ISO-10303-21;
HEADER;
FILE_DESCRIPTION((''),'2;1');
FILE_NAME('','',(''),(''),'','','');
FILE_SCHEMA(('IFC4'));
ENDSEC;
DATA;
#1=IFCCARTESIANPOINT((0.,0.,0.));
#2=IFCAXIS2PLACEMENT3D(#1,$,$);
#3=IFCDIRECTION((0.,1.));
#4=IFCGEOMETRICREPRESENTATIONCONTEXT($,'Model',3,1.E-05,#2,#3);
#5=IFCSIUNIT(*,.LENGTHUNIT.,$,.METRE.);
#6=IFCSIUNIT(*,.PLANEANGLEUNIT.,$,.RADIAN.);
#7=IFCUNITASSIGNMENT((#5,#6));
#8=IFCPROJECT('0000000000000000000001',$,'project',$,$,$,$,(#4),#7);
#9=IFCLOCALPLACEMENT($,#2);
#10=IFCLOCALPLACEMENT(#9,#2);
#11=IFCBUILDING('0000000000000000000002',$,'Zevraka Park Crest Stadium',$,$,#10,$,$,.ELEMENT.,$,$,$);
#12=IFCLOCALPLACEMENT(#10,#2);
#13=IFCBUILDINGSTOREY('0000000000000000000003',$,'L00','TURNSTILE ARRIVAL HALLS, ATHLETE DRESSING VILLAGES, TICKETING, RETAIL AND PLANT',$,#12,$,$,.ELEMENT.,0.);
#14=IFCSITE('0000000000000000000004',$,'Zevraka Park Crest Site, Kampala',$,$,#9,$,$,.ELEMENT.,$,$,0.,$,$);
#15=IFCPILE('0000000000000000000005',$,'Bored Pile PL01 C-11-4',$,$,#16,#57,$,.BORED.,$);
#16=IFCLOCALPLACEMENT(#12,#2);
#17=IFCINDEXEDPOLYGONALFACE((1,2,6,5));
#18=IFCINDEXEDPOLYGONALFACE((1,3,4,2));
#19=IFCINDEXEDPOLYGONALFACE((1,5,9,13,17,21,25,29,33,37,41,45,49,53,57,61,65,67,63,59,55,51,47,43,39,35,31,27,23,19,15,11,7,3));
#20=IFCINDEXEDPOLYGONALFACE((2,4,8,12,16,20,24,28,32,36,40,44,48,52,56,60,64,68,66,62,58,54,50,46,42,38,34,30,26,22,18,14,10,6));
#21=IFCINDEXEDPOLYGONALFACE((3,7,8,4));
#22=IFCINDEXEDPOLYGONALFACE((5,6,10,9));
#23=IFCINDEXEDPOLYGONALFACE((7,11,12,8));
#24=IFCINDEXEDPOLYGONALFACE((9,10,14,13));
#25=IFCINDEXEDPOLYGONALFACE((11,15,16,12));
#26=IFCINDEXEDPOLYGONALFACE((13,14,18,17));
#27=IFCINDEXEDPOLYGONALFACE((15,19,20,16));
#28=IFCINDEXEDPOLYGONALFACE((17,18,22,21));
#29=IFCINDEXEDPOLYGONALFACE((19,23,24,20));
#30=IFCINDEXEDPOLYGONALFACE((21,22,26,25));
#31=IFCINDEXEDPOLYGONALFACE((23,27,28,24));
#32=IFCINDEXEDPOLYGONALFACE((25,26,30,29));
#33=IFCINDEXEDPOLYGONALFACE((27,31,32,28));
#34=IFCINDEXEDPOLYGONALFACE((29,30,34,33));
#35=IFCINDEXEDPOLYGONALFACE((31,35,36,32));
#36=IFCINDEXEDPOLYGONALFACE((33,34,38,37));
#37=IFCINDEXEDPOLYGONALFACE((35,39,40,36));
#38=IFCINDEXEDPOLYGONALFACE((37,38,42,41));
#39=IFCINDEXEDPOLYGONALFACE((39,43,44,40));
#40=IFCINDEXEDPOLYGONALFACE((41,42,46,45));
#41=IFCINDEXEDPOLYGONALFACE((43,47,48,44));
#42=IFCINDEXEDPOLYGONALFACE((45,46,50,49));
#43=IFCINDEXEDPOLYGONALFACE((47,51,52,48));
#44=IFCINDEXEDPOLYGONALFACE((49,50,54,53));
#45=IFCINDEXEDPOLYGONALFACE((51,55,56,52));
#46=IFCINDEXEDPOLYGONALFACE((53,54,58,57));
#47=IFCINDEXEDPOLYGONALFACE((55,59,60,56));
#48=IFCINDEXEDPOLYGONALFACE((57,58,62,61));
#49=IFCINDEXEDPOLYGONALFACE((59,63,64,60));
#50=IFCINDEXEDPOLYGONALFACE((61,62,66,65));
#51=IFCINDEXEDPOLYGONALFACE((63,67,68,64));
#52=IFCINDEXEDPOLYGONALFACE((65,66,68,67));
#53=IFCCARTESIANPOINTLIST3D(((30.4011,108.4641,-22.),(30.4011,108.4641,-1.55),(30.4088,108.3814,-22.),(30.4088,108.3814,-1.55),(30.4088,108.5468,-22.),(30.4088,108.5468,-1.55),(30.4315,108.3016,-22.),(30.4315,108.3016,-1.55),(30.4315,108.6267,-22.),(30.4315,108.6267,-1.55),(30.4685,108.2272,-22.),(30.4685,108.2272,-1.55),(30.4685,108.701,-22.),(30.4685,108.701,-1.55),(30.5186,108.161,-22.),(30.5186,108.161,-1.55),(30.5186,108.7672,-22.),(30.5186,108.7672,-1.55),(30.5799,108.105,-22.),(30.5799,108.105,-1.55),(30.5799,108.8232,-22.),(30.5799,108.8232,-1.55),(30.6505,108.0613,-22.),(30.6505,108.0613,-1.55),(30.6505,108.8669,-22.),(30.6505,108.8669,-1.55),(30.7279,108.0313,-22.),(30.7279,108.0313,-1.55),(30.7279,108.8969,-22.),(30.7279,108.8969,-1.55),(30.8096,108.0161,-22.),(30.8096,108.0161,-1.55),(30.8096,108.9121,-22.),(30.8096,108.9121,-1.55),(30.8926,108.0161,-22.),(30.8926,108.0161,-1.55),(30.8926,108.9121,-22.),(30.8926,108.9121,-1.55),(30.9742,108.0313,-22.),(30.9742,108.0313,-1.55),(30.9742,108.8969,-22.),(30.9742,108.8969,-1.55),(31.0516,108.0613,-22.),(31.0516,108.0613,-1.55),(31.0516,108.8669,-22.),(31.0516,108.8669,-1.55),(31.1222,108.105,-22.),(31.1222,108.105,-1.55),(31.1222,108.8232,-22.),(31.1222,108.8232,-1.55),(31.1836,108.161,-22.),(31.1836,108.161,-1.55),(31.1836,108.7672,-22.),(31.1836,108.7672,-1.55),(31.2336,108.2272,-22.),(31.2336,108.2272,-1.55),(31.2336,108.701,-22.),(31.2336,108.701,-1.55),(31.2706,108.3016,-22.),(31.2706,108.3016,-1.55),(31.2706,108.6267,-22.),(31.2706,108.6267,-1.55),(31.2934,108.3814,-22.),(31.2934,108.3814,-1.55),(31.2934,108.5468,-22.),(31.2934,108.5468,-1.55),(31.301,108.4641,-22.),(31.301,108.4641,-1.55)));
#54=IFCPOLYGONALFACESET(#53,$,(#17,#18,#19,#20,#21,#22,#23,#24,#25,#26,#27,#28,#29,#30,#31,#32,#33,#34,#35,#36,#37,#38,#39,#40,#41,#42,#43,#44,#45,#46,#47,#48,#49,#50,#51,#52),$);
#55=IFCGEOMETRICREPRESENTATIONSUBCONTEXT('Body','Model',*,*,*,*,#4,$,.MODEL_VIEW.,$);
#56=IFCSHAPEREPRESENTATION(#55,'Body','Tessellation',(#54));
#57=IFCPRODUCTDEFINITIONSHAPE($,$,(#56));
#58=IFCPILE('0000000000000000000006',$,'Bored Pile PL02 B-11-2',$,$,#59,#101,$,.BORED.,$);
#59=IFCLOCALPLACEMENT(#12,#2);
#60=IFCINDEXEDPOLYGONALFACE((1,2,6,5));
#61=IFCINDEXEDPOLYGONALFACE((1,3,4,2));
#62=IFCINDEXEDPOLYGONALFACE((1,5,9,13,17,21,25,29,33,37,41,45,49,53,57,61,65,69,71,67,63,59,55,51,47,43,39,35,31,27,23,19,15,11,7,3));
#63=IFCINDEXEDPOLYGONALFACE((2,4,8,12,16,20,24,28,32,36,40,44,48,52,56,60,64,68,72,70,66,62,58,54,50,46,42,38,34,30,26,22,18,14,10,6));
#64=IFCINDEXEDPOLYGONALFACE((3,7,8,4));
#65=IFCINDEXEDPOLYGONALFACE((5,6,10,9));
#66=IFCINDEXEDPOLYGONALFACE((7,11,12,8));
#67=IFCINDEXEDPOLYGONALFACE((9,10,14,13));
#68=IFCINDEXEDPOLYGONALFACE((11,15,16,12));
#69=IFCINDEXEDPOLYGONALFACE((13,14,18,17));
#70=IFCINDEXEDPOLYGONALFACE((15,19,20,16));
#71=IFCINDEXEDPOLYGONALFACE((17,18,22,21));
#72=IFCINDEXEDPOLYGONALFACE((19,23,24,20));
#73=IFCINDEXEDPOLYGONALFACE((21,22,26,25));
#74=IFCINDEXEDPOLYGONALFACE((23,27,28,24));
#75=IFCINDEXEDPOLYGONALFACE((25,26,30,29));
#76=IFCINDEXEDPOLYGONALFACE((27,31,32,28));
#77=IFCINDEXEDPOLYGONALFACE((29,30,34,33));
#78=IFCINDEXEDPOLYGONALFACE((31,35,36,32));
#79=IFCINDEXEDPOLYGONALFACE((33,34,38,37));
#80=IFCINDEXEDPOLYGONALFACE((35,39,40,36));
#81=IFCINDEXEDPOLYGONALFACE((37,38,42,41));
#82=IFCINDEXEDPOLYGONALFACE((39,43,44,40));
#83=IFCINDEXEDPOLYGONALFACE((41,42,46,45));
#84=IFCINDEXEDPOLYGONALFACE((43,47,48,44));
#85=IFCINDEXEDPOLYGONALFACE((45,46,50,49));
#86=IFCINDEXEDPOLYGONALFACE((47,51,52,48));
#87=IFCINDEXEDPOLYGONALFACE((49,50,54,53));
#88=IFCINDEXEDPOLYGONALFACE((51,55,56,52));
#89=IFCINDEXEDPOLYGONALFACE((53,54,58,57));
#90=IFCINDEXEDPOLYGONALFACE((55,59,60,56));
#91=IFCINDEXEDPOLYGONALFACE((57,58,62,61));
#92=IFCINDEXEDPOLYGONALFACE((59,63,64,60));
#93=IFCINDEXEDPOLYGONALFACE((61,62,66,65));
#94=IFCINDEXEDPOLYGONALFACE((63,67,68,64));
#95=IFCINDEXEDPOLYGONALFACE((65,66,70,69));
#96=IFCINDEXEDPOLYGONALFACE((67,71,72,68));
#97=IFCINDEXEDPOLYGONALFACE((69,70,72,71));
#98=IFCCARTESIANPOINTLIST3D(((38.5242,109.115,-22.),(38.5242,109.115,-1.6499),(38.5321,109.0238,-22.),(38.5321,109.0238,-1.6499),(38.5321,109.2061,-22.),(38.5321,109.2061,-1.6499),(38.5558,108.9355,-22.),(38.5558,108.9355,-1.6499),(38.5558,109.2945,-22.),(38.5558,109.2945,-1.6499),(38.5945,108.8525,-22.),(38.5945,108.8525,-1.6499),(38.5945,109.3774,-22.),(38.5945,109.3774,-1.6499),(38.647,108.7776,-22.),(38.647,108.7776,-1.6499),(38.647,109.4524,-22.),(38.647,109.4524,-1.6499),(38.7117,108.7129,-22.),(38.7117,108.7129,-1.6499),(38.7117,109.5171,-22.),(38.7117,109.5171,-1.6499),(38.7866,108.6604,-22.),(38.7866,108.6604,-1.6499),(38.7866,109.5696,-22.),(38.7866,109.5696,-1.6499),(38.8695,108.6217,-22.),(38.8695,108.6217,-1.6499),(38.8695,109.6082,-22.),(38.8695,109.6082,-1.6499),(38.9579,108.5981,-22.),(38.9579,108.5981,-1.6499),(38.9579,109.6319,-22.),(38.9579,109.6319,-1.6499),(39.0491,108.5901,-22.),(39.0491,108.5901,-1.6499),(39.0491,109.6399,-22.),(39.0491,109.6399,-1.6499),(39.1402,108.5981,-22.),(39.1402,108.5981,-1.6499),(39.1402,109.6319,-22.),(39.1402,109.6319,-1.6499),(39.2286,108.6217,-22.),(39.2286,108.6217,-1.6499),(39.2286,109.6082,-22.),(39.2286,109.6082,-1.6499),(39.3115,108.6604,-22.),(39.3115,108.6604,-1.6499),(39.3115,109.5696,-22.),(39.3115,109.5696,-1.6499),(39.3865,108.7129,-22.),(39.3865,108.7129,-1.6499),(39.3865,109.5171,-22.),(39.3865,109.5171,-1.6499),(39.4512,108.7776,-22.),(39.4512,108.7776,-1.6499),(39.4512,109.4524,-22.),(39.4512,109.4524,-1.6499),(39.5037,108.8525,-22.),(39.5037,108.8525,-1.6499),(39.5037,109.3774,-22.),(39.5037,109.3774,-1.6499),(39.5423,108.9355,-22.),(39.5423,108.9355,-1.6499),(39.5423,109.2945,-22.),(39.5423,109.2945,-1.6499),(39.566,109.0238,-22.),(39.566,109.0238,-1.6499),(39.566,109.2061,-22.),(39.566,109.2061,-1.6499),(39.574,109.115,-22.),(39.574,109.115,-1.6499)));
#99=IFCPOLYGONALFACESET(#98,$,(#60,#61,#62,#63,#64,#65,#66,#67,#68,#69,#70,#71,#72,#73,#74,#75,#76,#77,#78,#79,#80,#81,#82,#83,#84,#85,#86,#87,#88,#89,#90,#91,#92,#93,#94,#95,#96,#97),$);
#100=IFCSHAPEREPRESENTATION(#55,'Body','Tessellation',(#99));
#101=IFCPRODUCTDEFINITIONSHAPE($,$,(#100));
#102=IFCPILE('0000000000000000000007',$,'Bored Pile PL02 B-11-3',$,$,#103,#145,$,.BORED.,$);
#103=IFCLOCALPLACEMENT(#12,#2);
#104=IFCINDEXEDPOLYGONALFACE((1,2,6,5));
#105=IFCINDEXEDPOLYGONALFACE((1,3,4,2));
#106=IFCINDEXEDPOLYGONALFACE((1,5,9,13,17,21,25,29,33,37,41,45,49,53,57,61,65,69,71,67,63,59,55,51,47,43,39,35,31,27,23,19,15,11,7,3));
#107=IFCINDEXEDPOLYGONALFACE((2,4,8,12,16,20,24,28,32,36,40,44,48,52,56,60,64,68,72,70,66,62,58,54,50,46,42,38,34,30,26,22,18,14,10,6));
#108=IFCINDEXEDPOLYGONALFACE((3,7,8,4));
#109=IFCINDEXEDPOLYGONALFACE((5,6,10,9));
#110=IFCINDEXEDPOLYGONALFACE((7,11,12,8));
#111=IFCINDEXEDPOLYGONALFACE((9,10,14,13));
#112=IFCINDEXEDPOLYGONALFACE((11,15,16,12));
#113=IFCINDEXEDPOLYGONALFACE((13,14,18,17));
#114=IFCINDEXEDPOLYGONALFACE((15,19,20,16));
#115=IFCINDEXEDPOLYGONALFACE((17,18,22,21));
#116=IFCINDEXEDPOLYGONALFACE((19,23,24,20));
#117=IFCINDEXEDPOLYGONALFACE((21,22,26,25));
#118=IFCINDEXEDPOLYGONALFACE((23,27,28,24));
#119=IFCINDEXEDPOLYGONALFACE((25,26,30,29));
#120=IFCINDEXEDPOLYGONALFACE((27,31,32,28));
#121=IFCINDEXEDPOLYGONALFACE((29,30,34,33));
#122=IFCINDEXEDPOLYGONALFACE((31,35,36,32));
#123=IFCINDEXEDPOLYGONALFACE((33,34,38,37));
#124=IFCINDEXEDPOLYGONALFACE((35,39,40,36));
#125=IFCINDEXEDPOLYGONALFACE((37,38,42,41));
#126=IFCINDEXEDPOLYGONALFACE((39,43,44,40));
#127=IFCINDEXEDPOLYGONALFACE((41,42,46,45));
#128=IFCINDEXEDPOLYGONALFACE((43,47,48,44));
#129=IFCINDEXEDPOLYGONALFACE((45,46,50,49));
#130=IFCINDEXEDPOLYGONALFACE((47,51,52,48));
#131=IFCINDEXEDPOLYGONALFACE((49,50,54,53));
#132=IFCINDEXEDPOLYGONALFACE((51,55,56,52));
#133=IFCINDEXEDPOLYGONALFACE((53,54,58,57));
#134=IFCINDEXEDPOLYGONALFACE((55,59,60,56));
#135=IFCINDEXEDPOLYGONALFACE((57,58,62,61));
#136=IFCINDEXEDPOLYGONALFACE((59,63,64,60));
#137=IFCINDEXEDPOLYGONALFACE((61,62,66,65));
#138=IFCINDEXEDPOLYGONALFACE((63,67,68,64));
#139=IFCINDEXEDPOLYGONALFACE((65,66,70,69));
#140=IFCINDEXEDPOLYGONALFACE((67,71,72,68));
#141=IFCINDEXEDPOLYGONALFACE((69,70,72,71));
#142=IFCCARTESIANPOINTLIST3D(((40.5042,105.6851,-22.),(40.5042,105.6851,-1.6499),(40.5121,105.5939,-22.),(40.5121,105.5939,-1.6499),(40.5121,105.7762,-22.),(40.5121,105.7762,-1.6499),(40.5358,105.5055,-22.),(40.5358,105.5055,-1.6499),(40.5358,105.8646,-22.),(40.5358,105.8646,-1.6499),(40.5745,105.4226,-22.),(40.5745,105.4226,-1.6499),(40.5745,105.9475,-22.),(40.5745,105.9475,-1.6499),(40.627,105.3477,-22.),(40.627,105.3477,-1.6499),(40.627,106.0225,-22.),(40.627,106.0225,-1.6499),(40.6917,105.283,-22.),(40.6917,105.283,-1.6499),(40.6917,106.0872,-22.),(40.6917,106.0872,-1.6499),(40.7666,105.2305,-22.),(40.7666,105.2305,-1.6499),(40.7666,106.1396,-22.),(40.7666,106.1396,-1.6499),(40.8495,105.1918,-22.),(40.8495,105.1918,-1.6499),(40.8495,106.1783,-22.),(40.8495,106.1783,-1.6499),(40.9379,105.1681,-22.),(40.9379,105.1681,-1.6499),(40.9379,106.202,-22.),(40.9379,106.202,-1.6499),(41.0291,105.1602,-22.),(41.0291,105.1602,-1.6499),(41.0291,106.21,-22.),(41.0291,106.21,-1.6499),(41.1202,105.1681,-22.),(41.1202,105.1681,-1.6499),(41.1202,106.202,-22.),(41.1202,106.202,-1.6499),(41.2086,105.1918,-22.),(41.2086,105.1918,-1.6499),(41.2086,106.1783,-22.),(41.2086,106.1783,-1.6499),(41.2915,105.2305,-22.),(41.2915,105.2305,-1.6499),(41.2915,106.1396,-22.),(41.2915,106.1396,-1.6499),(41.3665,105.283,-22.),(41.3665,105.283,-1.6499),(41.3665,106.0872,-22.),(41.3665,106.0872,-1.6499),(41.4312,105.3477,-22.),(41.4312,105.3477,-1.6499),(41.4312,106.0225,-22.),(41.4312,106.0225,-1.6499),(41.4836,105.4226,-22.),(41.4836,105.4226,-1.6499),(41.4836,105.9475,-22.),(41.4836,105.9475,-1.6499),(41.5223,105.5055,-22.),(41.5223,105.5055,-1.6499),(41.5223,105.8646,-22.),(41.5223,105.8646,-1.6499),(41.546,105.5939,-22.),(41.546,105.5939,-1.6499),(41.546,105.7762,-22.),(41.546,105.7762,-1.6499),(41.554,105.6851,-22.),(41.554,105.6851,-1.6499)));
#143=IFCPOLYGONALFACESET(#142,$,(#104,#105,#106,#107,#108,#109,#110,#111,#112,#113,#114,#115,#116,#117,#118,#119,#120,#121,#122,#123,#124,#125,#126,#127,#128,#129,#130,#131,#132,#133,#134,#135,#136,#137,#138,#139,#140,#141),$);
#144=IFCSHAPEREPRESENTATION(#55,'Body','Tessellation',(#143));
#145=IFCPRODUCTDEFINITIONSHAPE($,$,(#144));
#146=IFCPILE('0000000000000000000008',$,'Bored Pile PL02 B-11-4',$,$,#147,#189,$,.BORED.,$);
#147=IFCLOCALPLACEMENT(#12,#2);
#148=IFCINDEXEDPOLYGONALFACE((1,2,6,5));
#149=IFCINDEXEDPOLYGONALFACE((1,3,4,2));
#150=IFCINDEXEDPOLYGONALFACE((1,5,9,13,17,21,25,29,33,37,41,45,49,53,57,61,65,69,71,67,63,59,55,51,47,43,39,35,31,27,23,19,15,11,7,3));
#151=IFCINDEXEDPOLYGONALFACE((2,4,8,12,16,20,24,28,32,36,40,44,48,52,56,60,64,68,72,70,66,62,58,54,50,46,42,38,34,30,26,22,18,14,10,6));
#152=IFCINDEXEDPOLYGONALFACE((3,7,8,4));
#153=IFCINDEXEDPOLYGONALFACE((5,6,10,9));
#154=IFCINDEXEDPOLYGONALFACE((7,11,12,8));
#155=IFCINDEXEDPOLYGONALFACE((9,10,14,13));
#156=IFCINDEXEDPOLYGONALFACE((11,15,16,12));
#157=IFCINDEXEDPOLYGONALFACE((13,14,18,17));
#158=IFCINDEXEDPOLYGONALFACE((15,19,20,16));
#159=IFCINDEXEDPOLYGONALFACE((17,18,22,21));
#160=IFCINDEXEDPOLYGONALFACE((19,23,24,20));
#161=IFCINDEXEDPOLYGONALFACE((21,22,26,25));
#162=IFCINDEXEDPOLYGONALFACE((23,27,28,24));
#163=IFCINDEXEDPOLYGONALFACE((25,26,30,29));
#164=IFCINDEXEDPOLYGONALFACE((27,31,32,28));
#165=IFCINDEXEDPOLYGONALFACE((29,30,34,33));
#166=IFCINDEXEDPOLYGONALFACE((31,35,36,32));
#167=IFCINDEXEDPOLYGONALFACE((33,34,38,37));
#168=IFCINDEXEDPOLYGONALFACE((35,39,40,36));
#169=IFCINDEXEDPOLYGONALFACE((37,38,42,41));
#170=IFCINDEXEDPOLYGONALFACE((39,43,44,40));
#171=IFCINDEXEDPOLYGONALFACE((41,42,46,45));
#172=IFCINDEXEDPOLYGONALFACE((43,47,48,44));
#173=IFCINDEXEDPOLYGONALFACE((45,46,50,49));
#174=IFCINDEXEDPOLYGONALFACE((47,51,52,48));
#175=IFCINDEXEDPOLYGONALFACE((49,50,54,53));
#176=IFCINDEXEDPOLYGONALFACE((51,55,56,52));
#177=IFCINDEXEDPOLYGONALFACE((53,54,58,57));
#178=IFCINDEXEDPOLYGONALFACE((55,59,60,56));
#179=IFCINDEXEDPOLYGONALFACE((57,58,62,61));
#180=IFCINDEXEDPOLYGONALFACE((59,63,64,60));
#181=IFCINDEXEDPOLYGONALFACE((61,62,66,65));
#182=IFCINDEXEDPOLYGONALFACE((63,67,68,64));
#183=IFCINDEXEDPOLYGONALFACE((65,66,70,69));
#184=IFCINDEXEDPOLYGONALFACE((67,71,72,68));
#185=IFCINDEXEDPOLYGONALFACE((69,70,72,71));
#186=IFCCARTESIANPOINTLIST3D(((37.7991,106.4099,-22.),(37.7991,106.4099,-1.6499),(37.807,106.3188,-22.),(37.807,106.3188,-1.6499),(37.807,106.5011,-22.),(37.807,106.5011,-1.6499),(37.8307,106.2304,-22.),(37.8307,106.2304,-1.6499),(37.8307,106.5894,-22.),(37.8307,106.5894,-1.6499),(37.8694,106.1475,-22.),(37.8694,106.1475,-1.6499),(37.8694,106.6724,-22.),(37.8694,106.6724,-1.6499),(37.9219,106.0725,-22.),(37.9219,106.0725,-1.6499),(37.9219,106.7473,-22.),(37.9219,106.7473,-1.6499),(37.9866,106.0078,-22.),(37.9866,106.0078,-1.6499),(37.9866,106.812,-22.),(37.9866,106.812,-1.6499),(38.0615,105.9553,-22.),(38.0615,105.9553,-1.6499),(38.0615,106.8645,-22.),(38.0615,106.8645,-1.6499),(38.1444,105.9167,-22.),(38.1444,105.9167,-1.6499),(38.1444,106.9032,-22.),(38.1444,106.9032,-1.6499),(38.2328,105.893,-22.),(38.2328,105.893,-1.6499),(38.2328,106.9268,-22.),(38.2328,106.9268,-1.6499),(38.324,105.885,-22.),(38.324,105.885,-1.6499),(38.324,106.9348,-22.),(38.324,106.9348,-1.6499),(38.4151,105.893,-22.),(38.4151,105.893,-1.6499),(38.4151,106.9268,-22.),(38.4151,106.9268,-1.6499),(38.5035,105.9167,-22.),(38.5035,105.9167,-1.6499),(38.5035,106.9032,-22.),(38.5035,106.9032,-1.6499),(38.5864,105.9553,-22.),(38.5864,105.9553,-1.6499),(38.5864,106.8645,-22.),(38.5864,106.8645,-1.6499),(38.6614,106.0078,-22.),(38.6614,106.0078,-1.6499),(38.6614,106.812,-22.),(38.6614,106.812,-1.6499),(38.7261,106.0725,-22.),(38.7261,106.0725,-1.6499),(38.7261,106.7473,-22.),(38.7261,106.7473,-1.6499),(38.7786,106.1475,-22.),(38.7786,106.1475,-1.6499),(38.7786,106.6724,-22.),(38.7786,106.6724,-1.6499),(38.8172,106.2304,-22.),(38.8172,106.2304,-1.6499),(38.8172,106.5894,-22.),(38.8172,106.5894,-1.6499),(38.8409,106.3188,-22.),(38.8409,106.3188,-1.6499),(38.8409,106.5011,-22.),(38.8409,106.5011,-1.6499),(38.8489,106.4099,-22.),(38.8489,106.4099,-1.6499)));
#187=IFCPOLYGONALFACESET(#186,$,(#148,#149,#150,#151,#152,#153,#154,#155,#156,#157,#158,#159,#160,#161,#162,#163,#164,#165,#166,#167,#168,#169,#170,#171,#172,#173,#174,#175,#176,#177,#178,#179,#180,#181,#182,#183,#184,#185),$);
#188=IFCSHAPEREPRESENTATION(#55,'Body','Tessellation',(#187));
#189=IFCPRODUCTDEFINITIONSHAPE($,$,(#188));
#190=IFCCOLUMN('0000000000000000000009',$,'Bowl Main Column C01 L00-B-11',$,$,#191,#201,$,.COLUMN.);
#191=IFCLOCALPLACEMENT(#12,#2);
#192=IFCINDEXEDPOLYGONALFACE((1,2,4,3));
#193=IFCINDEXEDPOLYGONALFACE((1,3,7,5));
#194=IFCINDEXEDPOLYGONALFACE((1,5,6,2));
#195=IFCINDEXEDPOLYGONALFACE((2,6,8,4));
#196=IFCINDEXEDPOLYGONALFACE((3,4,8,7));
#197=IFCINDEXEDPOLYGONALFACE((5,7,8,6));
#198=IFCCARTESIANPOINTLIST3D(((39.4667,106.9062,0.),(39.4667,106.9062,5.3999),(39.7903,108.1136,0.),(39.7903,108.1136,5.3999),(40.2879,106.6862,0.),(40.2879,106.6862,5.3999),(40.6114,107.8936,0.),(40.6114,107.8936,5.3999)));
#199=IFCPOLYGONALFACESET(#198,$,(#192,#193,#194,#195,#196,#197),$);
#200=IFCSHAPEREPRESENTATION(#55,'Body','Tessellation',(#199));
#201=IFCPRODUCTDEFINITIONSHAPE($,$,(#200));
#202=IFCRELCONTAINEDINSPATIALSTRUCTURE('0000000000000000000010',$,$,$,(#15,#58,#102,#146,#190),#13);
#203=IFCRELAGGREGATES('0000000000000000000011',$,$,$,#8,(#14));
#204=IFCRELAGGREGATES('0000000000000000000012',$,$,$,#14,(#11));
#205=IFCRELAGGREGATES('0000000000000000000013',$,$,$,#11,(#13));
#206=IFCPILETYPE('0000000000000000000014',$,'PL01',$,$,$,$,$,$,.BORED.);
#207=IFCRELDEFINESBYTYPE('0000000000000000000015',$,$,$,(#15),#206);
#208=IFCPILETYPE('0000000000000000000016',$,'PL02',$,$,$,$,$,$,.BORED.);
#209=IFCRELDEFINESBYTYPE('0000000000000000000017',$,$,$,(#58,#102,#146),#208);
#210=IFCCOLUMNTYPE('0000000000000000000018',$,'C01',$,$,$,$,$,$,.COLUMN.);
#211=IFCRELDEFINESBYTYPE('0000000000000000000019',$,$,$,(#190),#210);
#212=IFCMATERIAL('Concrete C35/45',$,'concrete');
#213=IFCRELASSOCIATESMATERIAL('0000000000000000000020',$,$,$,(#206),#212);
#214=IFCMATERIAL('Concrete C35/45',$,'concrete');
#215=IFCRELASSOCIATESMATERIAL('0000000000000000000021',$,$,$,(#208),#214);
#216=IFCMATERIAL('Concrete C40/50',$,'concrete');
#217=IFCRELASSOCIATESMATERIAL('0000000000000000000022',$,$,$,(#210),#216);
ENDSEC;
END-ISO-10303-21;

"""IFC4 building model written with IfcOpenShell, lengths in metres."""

from ifc_helpers import new_model, si_unit, direction, frame, origin, origin_2d, place, context, subcontext, project, spatial, rectangle, circle, extrude, material, material_profile, profile_set, type_object, element, save


model = new_model("IFC4")

# Units and contexts
model_context = context("Model", 3, precision=1e-05, world=origin(), true_north=direction((0.0, 1.0)))
body_context = subcontext(model_context, "Body", "Model", "MODEL_VIEW")
ifc_project = project(units=[si_unit("LENGTHUNIT", "METRE"), si_unit("PLANEANGLEUNIT", "RADIAN")], contexts=[model_context])

# Site, building, storey
site_placement = place(None, origin())
site = spatial("IfcSite", under=ifc_project, at=site_placement, Name="Zevraka Park Crest Site, Kampala", CompositionType="ELEMENT", RefElevation=0.0)
building_placement = place(site_placement, origin())
building = spatial("IfcBuilding", under=site, at=building_placement, Name="Zevraka Park Crest Stadium", CompositionType="ELEMENT")
storey_placement = place(building_placement, origin())
storey = spatial("IfcBuildingStorey", under=building, at=storey_placement, Name="L00", Description="TURNSTILE ARRIVAL HALLS, ATHLETE DRESSING VILLAGES, TICKETING, RETAIL AND PLANT", CompositionType="ELEMENT", Elevation=0.0)

# Piles
ifc_material_1 = material(Name="Concrete C35/45", Category="concrete")
ifc_material_profile_1 = material_profile(ifc_material_1, circle(Radius=0.45, at=origin_2d()), Name="PILE D900")
ifc_profile_set_1 = profile_set([ifc_material_profile_1], Name="Concrete C35/45")
pile_type_1 = type_object("IfcPileType", Name="PL01", PredefinedType="BORED", material=ifc_profile_set_1)
for number, where, z_axis, x_axis, name in (
    (1, (30.8511, 108.4641, -1.55), (0.0, 0.0, -1.0), (1.0, 0.0, 0.0), "Bored Pile PL01 C-11-4"),
):
    element("IfcPile", number, at=place(storey_placement, frame(where, z_axis=z_axis, x_axis=x_axis)), inside=storey, type_object=pile_type_1, Name=name, PredefinedType="BORED", context=body_context, shape_type="SweptSolid", body=[
        extrude(circle(Radius=0.45, at=origin_2d()), origin(), (0.0, 0.0, 1.0), 20.45),
    ])
ifc_material_2 = material(Name="Concrete C35/45", Category="concrete")
ifc_material_profile_2 = material_profile(ifc_material_2, circle(Radius=0.5249, at=origin_2d()), Name="PILE D1050")
ifc_profile_set_2 = profile_set([ifc_material_profile_2], Name="Concrete C35/45")
pile_type_2 = type_object("IfcPileType", Name="PL02", PredefinedType="BORED", material=ifc_profile_set_2)
for number, where, z_axis, x_axis, name in (
    (2, (39.0491, 109.115, -1.6499), (0.0, 0.0, -1.0), (1.0, 0.0, 0.0), "Bored Pile PL02 B-11-2"),
    (3, (41.0291, 105.6851, -1.6499), (0.0, 0.0, -1.0), (1.0, 0.0, 0.0), "Bored Pile PL02 B-11-3"),
    (4, (38.324, 106.4099, -1.6499), (0.0, 0.0, -1.0), (1.0, 0.0, 0.0), "Bored Pile PL02 B-11-4"),
):
    element("IfcPile", number, at=place(storey_placement, frame(where, z_axis=z_axis, x_axis=x_axis)), inside=storey, type_object=pile_type_2, Name=name, PredefinedType="BORED", context=body_context, shape_type="SweptSolid", body=[
        extrude(circle(Radius=0.5249, at=origin_2d()), origin(), (0.0, 0.0, 1.0), 20.3501),
    ])

# Column
ifc_material_3 = material(Name="Concrete C40/50", Category="concrete")
ifc_material_profile_3 = material_profile(ifc_material_3, rectangle(XDim=0.8501, YDim=1.25, at=origin_2d()), Name="RC 1250x850")
ifc_profile_set_3 = profile_set([ifc_material_profile_3], Name="Concrete C40/50")
column_type_1 = type_object("IfcColumnType", Name="C01", PredefinedType="COLUMN", material=ifc_profile_set_3)
column_1_placement = place(storey_placement, frame((40.0391, 107.3999, 0.0), z_axis=(0.0, 0.0, 1.0), x_axis=(-0.965926, 0.258819, 0.0)))
element("IfcColumn", 5, at=column_1_placement, inside=storey, type_object=column_type_1, Name="Bowl Main Column C01 L00-B-11", PredefinedType="COLUMN", context=body_context, shape_type="SweptSolid", body=[
    extrude(rectangle(XDim=0.8501, YDim=1.25, at=origin_2d()), origin(), (0.0, 0.0, 1.0), 5.3999),
])

save(model, "model.ifc")
